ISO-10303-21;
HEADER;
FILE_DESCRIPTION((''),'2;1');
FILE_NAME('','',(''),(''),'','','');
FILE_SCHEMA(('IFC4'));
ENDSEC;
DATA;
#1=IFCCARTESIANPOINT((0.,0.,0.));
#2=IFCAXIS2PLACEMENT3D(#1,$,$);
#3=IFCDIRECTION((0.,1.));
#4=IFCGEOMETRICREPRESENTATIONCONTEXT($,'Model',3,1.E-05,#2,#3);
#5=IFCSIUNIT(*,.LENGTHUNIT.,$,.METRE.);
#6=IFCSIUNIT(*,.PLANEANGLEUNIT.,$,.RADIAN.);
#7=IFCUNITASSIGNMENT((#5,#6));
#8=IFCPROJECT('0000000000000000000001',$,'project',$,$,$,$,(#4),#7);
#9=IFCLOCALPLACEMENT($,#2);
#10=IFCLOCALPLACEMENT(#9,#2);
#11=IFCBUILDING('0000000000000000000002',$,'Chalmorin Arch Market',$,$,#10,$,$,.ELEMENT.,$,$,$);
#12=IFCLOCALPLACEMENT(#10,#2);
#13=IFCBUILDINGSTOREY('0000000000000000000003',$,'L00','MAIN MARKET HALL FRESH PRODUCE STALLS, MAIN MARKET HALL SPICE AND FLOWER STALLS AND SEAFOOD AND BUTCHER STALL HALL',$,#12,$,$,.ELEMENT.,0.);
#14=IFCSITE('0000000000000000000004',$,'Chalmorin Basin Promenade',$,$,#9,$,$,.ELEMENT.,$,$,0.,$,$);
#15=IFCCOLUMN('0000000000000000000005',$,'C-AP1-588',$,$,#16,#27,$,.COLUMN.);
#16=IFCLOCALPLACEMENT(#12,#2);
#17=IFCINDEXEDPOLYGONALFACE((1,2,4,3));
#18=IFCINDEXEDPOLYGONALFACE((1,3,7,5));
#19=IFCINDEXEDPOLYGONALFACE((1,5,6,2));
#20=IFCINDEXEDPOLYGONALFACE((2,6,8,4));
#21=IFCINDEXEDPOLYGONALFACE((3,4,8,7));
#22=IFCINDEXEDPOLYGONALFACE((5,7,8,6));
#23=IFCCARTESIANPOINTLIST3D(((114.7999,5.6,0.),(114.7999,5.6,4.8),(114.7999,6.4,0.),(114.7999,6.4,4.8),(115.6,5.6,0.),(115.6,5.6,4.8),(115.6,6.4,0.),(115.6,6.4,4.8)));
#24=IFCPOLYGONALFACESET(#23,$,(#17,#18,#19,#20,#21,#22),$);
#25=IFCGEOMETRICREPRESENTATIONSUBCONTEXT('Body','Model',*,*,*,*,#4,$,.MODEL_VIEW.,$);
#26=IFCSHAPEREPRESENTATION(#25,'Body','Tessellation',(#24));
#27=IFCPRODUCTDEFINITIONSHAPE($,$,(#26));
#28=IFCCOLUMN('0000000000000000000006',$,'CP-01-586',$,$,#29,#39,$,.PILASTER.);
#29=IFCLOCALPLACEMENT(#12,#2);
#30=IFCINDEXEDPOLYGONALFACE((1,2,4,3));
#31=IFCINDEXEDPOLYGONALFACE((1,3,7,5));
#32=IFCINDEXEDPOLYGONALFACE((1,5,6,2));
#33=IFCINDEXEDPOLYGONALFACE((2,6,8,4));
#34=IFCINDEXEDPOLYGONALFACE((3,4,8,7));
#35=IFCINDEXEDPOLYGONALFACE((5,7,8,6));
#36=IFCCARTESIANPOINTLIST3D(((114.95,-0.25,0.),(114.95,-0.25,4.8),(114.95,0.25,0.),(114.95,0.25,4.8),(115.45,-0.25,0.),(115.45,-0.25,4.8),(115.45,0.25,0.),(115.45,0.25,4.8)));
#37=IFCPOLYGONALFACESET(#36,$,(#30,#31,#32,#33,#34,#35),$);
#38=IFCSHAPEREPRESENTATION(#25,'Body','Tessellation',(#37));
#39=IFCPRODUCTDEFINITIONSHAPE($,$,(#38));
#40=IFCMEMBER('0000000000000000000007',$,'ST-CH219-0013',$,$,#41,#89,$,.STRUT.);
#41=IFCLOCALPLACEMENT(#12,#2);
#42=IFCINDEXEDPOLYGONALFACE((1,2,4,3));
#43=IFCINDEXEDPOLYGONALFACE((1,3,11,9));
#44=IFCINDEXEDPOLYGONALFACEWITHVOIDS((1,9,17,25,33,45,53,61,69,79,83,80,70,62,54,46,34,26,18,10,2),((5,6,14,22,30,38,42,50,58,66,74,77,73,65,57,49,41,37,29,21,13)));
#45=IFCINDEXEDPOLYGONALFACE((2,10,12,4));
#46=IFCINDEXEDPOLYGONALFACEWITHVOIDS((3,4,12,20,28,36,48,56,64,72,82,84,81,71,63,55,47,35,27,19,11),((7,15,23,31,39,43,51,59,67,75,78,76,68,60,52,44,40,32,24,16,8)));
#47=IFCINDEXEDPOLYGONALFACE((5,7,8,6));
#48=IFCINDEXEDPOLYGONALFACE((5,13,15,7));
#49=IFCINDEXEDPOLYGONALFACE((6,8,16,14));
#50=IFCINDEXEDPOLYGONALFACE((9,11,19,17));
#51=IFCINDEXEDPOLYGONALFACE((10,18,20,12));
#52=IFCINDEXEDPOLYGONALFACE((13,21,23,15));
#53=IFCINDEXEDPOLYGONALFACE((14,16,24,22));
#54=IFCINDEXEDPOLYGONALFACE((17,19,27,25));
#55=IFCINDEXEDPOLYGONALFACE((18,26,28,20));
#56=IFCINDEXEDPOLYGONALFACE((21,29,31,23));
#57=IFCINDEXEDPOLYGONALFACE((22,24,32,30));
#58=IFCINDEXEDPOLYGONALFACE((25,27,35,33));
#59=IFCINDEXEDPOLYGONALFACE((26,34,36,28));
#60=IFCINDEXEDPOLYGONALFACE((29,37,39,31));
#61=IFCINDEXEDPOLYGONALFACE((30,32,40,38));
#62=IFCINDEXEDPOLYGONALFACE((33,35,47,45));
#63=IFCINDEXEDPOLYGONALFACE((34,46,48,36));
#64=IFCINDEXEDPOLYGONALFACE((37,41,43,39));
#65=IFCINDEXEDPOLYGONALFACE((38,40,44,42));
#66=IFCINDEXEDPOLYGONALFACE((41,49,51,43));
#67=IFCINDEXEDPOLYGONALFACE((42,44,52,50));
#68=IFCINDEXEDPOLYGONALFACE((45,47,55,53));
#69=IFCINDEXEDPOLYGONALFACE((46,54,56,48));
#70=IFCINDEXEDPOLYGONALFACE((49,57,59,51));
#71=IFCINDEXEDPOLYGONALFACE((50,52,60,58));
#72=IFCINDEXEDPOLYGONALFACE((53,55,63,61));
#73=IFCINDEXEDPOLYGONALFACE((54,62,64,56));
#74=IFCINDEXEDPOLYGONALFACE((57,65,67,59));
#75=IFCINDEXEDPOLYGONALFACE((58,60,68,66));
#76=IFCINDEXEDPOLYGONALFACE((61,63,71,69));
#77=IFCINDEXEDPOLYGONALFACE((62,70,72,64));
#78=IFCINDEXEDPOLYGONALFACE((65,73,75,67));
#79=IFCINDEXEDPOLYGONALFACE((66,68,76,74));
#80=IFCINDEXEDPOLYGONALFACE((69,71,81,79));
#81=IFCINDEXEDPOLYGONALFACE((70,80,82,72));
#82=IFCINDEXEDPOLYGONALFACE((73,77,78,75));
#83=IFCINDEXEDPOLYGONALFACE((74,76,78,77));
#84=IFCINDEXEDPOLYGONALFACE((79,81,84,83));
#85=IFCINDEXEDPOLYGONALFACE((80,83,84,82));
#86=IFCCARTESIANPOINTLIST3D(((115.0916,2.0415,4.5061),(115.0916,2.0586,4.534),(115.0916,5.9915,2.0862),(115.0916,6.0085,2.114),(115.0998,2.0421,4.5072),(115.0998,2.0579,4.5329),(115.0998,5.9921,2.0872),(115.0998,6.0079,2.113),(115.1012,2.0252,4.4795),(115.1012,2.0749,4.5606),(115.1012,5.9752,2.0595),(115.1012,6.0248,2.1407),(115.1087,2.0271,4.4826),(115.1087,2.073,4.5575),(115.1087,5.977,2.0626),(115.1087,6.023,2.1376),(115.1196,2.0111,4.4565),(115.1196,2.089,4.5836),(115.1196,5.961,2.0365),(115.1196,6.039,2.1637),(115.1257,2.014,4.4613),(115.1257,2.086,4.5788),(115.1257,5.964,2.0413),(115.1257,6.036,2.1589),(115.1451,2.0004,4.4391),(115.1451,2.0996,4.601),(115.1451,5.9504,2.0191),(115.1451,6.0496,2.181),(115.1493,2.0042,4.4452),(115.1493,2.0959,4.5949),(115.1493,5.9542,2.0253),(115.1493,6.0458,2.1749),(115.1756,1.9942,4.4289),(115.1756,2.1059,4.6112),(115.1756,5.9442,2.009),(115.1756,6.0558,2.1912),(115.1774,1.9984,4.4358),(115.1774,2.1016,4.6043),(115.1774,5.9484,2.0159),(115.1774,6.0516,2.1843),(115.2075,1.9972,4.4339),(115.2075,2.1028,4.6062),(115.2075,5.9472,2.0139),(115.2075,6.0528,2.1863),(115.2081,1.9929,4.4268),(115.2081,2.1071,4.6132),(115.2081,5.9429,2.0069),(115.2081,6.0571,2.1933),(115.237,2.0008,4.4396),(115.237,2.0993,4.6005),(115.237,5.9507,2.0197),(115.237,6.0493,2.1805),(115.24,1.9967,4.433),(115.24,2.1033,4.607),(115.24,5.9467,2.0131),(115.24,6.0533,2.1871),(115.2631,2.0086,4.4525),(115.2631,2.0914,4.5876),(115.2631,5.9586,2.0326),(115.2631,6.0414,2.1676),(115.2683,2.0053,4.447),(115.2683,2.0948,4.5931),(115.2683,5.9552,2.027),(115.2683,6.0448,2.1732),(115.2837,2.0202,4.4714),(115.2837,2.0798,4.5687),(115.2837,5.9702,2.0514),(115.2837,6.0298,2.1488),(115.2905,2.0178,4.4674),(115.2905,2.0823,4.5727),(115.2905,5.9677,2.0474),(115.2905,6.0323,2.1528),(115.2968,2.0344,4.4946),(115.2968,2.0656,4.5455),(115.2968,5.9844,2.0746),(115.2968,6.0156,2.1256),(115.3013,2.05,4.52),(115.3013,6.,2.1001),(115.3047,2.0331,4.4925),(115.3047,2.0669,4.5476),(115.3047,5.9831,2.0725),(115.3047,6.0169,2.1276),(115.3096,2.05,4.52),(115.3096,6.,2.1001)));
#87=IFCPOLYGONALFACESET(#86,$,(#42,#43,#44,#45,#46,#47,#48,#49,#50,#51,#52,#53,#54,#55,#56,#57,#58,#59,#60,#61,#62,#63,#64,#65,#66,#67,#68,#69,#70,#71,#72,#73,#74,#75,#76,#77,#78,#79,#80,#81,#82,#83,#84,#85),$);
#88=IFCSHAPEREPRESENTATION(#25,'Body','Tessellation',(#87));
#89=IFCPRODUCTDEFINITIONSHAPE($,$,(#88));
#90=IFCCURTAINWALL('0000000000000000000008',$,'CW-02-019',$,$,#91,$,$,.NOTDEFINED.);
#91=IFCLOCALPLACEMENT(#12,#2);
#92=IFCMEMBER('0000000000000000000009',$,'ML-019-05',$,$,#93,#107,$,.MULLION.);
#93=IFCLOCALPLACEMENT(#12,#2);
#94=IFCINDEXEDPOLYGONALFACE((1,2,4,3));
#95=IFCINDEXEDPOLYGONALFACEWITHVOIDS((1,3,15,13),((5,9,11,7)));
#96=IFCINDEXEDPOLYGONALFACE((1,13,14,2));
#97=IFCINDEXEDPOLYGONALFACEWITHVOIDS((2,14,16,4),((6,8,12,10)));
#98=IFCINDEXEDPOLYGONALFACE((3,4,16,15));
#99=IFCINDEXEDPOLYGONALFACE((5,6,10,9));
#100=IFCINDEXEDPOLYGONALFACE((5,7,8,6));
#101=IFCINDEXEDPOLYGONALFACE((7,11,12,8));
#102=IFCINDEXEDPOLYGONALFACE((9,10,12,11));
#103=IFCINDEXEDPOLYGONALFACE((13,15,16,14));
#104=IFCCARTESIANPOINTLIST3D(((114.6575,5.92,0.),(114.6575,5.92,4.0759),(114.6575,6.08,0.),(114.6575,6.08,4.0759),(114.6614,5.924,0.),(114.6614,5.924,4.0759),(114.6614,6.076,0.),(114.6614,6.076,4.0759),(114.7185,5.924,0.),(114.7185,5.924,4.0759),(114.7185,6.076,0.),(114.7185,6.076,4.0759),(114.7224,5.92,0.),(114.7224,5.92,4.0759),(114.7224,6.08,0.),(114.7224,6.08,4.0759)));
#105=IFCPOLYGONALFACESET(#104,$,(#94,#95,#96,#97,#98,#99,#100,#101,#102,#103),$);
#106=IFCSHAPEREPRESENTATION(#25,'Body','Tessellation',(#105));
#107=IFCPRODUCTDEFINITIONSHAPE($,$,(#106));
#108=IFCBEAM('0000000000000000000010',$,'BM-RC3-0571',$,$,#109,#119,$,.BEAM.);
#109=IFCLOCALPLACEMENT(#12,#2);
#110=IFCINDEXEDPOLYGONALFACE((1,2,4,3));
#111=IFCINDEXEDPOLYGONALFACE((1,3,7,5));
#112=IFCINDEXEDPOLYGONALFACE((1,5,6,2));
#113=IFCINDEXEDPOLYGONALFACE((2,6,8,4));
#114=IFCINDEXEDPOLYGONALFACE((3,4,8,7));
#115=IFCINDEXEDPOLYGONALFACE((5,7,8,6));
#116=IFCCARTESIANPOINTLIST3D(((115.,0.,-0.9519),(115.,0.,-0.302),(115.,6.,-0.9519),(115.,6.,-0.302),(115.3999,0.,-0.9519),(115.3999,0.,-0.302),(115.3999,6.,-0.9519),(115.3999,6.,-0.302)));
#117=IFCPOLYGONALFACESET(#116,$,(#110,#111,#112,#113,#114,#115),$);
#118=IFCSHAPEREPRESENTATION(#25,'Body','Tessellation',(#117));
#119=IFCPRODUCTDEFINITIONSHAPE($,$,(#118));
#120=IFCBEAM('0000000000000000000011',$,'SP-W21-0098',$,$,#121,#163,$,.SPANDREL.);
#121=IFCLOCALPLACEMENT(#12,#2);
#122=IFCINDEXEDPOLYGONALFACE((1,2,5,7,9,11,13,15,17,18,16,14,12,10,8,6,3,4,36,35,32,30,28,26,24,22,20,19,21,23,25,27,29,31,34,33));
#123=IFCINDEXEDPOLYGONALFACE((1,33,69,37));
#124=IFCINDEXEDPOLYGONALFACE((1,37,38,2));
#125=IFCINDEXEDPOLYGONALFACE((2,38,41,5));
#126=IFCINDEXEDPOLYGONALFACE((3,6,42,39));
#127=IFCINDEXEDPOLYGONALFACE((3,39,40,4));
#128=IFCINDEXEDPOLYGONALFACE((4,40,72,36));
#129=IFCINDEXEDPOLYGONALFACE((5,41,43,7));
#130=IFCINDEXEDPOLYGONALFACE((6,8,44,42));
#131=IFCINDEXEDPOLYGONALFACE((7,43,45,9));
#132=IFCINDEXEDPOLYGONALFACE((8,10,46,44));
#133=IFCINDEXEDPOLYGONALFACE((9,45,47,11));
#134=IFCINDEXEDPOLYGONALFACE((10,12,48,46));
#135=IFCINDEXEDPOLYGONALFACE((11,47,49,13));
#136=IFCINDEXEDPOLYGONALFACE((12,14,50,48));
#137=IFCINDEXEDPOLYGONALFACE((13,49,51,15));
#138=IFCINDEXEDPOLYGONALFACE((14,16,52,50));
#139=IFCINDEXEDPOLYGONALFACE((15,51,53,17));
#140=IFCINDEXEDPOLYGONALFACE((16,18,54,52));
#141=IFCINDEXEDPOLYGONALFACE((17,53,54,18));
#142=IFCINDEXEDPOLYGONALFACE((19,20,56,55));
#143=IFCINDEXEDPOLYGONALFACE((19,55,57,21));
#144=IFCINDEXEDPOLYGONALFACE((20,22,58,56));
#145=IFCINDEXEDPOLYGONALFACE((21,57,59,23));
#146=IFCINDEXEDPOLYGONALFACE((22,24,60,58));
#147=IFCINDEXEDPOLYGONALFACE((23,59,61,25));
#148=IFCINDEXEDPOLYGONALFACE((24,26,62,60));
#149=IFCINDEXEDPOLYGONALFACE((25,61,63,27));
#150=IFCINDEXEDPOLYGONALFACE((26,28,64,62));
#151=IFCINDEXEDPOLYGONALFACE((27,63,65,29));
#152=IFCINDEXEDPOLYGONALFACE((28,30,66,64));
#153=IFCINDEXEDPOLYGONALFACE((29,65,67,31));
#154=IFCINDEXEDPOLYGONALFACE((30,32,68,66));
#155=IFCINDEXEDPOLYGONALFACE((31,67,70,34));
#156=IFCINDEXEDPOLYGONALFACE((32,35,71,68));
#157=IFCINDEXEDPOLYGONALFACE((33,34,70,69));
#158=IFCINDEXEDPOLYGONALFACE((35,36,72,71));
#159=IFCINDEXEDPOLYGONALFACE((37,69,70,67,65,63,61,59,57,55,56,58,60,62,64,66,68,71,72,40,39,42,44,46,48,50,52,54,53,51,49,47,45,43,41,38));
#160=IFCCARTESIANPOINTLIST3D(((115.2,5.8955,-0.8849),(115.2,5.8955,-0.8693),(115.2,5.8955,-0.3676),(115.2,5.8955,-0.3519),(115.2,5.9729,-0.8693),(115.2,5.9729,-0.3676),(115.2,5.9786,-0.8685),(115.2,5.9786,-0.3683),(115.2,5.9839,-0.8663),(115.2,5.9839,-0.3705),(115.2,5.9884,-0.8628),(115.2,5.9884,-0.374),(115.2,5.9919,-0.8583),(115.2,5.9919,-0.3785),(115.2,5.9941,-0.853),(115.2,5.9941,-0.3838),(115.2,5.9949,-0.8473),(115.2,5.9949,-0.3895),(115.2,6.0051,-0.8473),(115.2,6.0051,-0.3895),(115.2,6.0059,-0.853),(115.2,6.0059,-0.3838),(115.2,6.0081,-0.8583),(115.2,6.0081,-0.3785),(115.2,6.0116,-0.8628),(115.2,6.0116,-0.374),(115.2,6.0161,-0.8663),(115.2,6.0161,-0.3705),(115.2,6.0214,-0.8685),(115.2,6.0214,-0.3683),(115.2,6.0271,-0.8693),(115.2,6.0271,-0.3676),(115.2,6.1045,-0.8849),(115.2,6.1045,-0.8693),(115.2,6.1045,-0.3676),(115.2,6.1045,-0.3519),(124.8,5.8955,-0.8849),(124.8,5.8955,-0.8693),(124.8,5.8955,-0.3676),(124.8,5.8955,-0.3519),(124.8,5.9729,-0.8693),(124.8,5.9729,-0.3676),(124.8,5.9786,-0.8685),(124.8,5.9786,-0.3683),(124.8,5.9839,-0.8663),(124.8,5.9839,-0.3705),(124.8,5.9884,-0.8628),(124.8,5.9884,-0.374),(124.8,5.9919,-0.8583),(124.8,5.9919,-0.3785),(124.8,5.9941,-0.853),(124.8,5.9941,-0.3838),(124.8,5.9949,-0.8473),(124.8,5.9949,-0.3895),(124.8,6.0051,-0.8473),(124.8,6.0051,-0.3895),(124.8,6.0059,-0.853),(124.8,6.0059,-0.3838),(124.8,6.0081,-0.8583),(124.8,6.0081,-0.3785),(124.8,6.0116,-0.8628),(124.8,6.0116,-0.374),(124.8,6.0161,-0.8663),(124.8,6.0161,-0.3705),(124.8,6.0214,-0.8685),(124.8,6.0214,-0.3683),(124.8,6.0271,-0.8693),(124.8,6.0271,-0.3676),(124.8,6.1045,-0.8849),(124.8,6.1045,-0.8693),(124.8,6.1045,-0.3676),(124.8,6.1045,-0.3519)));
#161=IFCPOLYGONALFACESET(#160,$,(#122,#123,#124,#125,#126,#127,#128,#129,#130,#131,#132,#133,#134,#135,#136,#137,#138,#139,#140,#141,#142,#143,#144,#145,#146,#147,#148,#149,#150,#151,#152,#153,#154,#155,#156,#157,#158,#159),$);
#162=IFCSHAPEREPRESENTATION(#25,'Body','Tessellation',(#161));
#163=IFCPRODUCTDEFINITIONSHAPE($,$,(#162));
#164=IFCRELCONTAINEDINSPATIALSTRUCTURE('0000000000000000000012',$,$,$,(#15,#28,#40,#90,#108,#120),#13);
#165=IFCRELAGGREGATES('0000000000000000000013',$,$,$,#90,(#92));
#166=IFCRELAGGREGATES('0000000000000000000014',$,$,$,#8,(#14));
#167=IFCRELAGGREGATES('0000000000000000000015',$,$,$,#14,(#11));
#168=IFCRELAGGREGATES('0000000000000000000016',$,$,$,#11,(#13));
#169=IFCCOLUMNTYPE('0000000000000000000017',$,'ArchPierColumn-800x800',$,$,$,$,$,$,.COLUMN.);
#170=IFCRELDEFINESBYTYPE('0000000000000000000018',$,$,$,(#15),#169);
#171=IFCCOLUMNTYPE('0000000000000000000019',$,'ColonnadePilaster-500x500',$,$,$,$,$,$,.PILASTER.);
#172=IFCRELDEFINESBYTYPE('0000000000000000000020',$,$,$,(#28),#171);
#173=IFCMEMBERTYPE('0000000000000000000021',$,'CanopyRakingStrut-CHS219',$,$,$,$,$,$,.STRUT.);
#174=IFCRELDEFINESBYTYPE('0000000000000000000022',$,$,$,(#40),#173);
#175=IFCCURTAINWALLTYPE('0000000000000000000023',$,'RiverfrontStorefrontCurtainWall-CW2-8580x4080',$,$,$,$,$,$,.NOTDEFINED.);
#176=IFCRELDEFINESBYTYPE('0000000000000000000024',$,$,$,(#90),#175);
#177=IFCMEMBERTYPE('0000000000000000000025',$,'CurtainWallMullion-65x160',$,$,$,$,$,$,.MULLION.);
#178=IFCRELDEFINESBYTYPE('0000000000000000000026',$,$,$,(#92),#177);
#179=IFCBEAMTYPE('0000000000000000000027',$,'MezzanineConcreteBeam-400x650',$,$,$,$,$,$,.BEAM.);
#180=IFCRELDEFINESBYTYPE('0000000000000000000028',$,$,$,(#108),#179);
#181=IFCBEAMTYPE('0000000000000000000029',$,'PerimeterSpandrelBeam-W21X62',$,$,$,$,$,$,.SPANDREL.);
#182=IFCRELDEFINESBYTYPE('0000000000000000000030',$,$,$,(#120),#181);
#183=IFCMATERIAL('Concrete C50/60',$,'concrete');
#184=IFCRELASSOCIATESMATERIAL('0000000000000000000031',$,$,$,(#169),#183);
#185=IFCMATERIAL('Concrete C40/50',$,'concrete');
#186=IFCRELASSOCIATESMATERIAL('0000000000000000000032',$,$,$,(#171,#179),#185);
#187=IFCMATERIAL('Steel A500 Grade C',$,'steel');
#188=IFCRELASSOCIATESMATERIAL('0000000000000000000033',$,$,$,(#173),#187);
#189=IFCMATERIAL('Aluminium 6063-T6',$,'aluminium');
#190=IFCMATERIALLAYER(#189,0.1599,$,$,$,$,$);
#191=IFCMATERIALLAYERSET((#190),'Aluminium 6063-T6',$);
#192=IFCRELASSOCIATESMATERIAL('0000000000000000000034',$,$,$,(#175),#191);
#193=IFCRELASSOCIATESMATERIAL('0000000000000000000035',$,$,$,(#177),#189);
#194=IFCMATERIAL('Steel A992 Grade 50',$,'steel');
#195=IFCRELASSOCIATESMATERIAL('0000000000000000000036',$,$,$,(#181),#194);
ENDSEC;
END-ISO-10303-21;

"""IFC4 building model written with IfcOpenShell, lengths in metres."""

from ifc_helpers import new_model, si_unit, direction, frame, origin, origin_2d, place, context, subcontext, project, spatial, rectangle, hollow_rectangle, hollow_circle, i_section, extrude, material, layer, layer_set, material_profile, profile_set, type_object, element, aggregate, save


model = new_model("IFC4")

# Units and contexts
model_context = context("Model", 3, precision=1e-05, world=origin(), true_north=direction((0.0, 1.0)))
body_context = subcontext(model_context, "Body", "Model", "MODEL_VIEW")
ifc_project = project(units=[si_unit("LENGTHUNIT", "METRE"), si_unit("PLANEANGLEUNIT", "RADIAN")], contexts=[model_context])

# Site, building, storey
site_placement = place(None, origin())
site = spatial("IfcSite", under=ifc_project, at=site_placement, Name="Chalmorin Basin Promenade", CompositionType="ELEMENT", RefElevation=0.0)
building_placement = place(site_placement, origin())
building = spatial("IfcBuilding", under=site, at=building_placement, Name="Chalmorin Arch Market", CompositionType="ELEMENT")
storey_placement = place(building_placement, origin())
storey = spatial("IfcBuildingStorey", under=building, at=storey_placement, Name="L00", Description="MAIN MARKET HALL FRESH PRODUCE STALLS, MAIN MARKET HALL SPICE AND FLOWER STALLS AND SEAFOOD AND BUTCHER STALL HALL", CompositionType="ELEMENT", Elevation=0.0)

# Columns
ifc_material_1 = material(Name="Concrete C50/60", Category="concrete")
ifc_material_profile_1 = material_profile(ifc_material_1, rectangle(XDim=0.8, YDim=0.8, at=origin_2d()), Name="RC800X800")
ifc_profile_set_1 = profile_set([ifc_material_profile_1], Name="Concrete C50/60")
column_type_1 = type_object("IfcColumnType", Name="ArchPierColumn-800x800", PredefinedType="COLUMN", material=ifc_profile_set_1)
column_1_placement = place(storey_placement, frame((115.2, 6.0, 0.0), z_axis=(0.0, 0.0, 1.0), x_axis=(1.0, 0.0, 0.0)))
element("IfcColumn", 1, at=column_1_placement, inside=storey, type_object=column_type_1, Name="C-AP1-588", PredefinedType="COLUMN", context=body_context, shape_type="SweptSolid", body=[
    extrude(rectangle(XDim=0.8, YDim=0.8, at=origin_2d()), origin(), (0.0, 0.0, 1.0), 4.8),
])
ifc_material_2 = material(Name="Concrete C40/50", Category="concrete")
ifc_material_profile_2 = material_profile(ifc_material_2, rectangle(XDim=0.5, YDim=0.5, at=origin_2d()), Name="RC500X500")
ifc_profile_set_2 = profile_set([ifc_material_profile_2], Name="Concrete C40/50")
column_type_2 = type_object("IfcColumnType", Name="ColonnadePilaster-500x500", PredefinedType="PILASTER", material=ifc_profile_set_2)
column_2_placement = place(storey_placement, frame((115.2, 0.0, 0.0), z_axis=(0.0, 0.0, 1.0), x_axis=(1.0, 0.0, 0.0)))
element("IfcColumn", 2, at=column_2_placement, inside=storey, type_object=column_type_2, Name="CP-01-586", PredefinedType="PILASTER", context=body_context, shape_type="SweptSolid", body=[
    extrude(rectangle(XDim=0.5, YDim=0.5, at=origin_2d()), origin(), (0.0, 0.0, 1.0), 4.8),
])

# Member
ifc_material_3 = material(Name="Steel A500 Grade C", Category="steel")
ifc_material_profile_3 = material_profile(ifc_material_3, hollow_circle(Radius=0.1096, WallThickness=0.0083, at=origin_2d()), Name="CHS219X8")
ifc_profile_set_3 = profile_set([ifc_material_profile_3], Name="Steel A500 Grade C")
member_type_1 = type_object("IfcMemberType", Name="CanopyRakingStrut-CHS219", PredefinedType="STRUT", material=ifc_profile_set_3)
member_1_placement = place(storey_placement, frame((115.2, 6.0, 2.1001), z_axis=(0.0, -0.852699, 0.522403), x_axis=(1.0, 0.0, 0.0)))
element("IfcMember", 3, at=member_1_placement, inside=storey, type_object=member_type_1, Name="ST-CH219-0013", PredefinedType="STRUT", context=body_context, shape_type="SweptSolid", body=[
    extrude(hollow_circle(Radius=0.1096, WallThickness=0.0083, at=origin_2d()), origin(), (0.0, 0.0, 1.0), 4.6323),
])

# Curtain wall, member
ifc_material_4 = material(Name="Aluminium 6063-T6", Category="aluminium")
ifc_layer_1 = layer(ifc_material_4, 0.1599)
ifc_layer_set_1 = layer_set([ifc_layer_1], Name="Aluminium 6063-T6")
curtain_wall_type = type_object("IfcCurtainWallType", Name="RiverfrontStorefrontCurtainWall-CW2-8580x4080", PredefinedType="NOTDEFINED", material=ifc_layer_set_1)
curtain_wall_placement = place(storey_placement, origin())
curtain_wall = element("IfcCurtainWall", 4, at=curtain_wall_placement, inside=storey, type_object=curtain_wall_type, Name="CW-02-019", PredefinedType="NOTDEFINED")
ifc_material_profile_4 = material_profile(ifc_material_4, hollow_rectangle(XDim=0.0649, YDim=0.1599, WallThickness=0.0039, at=origin_2d()), Name="ALU65X160X4")
ifc_profile_set_4 = profile_set([ifc_material_profile_4], Name="Aluminium 6063-T6")
member_type_2 = type_object("IfcMemberType", Name="CurtainWallMullion-65x160", PredefinedType="MULLION", material=ifc_profile_set_4)
member_2_placement = place(storey_placement, frame((114.6899, 6.0, 0.0), z_axis=(0.0, 0.0, 1.0), x_axis=(1.0, 0.0, 0.0)))
member_2 = element("IfcMember", 5, at=member_2_placement, type_object=member_type_2, Name="ML-019-05", PredefinedType="MULLION", context=body_context, shape_type="SweptSolid", body=[
    extrude(hollow_rectangle(XDim=0.0649, YDim=0.1599, WallThickness=0.0039, at=origin_2d()), origin(), (0.0, 0.0, 1.0), 4.0759),
])

# Beams
ifc_material_profile_5 = material_profile(ifc_material_2, rectangle(XDim=0.3999, YDim=0.6499, at=origin_2d()), Name="RC400X650")
ifc_profile_set_5 = profile_set([ifc_material_profile_5], Name="Concrete C40/50")
beam_type_1 = type_object("IfcBeamType", Name="MezzanineConcreteBeam-400x650", PredefinedType="BEAM", material=ifc_profile_set_5)
beam_1_placement = place(storey_placement, frame((115.2, 0.0, -0.627), z_axis=(0.0, 1.0, 0.0), x_axis=(-1.0, 0.0, 0.0)))
element("IfcBeam", 6, at=beam_1_placement, inside=storey, type_object=beam_type_1, Name="BM-RC3-0571", PredefinedType="BEAM", context=body_context, shape_type="SweptSolid", body=[
    extrude(rectangle(XDim=0.3999, YDim=0.6499, at=origin_2d()), origin(), (0.0, 0.0, 1.0), 6.0),
])
ifc_material_5 = material(Name="Steel A992 Grade 50", Category="steel")
ifc_material_profile_6 = material_profile(ifc_material_5, i_section(OverallWidth=0.209, OverallDepth=0.533, WebThickness=0.0103, FlangeThickness=0.0156, FilletRadius=0.022, at=origin_2d()), Name="W21X62")
ifc_profile_set_6 = profile_set([ifc_material_profile_6], Name="Steel A992 Grade 50")
beam_type_2 = type_object("IfcBeamType", Name="PerimeterSpandrelBeam-W21X62", PredefinedType="SPANDREL", material=ifc_profile_set_6)
beam_2_placement = place(storey_placement, frame((115.2, 6.0, -0.6184), z_axis=(1.0, 0.0, 0.0), x_axis=(0.0, 1.0, 0.0)))
element("IfcBeam", 7, at=beam_2_placement, inside=storey, type_object=beam_type_2, Name="SP-W21-0098", PredefinedType="SPANDREL", context=body_context, shape_type="SweptSolid", body=[
    extrude(i_section(OverallWidth=0.209, OverallDepth=0.533, WebThickness=0.0103, FlangeThickness=0.0156, FilletRadius=0.022, at=origin_2d()), origin(), (0.0, 0.0, 1.0), 9.6001),
])

aggregate(curtain_wall, [member_2])

save(model, "model.ifc")
